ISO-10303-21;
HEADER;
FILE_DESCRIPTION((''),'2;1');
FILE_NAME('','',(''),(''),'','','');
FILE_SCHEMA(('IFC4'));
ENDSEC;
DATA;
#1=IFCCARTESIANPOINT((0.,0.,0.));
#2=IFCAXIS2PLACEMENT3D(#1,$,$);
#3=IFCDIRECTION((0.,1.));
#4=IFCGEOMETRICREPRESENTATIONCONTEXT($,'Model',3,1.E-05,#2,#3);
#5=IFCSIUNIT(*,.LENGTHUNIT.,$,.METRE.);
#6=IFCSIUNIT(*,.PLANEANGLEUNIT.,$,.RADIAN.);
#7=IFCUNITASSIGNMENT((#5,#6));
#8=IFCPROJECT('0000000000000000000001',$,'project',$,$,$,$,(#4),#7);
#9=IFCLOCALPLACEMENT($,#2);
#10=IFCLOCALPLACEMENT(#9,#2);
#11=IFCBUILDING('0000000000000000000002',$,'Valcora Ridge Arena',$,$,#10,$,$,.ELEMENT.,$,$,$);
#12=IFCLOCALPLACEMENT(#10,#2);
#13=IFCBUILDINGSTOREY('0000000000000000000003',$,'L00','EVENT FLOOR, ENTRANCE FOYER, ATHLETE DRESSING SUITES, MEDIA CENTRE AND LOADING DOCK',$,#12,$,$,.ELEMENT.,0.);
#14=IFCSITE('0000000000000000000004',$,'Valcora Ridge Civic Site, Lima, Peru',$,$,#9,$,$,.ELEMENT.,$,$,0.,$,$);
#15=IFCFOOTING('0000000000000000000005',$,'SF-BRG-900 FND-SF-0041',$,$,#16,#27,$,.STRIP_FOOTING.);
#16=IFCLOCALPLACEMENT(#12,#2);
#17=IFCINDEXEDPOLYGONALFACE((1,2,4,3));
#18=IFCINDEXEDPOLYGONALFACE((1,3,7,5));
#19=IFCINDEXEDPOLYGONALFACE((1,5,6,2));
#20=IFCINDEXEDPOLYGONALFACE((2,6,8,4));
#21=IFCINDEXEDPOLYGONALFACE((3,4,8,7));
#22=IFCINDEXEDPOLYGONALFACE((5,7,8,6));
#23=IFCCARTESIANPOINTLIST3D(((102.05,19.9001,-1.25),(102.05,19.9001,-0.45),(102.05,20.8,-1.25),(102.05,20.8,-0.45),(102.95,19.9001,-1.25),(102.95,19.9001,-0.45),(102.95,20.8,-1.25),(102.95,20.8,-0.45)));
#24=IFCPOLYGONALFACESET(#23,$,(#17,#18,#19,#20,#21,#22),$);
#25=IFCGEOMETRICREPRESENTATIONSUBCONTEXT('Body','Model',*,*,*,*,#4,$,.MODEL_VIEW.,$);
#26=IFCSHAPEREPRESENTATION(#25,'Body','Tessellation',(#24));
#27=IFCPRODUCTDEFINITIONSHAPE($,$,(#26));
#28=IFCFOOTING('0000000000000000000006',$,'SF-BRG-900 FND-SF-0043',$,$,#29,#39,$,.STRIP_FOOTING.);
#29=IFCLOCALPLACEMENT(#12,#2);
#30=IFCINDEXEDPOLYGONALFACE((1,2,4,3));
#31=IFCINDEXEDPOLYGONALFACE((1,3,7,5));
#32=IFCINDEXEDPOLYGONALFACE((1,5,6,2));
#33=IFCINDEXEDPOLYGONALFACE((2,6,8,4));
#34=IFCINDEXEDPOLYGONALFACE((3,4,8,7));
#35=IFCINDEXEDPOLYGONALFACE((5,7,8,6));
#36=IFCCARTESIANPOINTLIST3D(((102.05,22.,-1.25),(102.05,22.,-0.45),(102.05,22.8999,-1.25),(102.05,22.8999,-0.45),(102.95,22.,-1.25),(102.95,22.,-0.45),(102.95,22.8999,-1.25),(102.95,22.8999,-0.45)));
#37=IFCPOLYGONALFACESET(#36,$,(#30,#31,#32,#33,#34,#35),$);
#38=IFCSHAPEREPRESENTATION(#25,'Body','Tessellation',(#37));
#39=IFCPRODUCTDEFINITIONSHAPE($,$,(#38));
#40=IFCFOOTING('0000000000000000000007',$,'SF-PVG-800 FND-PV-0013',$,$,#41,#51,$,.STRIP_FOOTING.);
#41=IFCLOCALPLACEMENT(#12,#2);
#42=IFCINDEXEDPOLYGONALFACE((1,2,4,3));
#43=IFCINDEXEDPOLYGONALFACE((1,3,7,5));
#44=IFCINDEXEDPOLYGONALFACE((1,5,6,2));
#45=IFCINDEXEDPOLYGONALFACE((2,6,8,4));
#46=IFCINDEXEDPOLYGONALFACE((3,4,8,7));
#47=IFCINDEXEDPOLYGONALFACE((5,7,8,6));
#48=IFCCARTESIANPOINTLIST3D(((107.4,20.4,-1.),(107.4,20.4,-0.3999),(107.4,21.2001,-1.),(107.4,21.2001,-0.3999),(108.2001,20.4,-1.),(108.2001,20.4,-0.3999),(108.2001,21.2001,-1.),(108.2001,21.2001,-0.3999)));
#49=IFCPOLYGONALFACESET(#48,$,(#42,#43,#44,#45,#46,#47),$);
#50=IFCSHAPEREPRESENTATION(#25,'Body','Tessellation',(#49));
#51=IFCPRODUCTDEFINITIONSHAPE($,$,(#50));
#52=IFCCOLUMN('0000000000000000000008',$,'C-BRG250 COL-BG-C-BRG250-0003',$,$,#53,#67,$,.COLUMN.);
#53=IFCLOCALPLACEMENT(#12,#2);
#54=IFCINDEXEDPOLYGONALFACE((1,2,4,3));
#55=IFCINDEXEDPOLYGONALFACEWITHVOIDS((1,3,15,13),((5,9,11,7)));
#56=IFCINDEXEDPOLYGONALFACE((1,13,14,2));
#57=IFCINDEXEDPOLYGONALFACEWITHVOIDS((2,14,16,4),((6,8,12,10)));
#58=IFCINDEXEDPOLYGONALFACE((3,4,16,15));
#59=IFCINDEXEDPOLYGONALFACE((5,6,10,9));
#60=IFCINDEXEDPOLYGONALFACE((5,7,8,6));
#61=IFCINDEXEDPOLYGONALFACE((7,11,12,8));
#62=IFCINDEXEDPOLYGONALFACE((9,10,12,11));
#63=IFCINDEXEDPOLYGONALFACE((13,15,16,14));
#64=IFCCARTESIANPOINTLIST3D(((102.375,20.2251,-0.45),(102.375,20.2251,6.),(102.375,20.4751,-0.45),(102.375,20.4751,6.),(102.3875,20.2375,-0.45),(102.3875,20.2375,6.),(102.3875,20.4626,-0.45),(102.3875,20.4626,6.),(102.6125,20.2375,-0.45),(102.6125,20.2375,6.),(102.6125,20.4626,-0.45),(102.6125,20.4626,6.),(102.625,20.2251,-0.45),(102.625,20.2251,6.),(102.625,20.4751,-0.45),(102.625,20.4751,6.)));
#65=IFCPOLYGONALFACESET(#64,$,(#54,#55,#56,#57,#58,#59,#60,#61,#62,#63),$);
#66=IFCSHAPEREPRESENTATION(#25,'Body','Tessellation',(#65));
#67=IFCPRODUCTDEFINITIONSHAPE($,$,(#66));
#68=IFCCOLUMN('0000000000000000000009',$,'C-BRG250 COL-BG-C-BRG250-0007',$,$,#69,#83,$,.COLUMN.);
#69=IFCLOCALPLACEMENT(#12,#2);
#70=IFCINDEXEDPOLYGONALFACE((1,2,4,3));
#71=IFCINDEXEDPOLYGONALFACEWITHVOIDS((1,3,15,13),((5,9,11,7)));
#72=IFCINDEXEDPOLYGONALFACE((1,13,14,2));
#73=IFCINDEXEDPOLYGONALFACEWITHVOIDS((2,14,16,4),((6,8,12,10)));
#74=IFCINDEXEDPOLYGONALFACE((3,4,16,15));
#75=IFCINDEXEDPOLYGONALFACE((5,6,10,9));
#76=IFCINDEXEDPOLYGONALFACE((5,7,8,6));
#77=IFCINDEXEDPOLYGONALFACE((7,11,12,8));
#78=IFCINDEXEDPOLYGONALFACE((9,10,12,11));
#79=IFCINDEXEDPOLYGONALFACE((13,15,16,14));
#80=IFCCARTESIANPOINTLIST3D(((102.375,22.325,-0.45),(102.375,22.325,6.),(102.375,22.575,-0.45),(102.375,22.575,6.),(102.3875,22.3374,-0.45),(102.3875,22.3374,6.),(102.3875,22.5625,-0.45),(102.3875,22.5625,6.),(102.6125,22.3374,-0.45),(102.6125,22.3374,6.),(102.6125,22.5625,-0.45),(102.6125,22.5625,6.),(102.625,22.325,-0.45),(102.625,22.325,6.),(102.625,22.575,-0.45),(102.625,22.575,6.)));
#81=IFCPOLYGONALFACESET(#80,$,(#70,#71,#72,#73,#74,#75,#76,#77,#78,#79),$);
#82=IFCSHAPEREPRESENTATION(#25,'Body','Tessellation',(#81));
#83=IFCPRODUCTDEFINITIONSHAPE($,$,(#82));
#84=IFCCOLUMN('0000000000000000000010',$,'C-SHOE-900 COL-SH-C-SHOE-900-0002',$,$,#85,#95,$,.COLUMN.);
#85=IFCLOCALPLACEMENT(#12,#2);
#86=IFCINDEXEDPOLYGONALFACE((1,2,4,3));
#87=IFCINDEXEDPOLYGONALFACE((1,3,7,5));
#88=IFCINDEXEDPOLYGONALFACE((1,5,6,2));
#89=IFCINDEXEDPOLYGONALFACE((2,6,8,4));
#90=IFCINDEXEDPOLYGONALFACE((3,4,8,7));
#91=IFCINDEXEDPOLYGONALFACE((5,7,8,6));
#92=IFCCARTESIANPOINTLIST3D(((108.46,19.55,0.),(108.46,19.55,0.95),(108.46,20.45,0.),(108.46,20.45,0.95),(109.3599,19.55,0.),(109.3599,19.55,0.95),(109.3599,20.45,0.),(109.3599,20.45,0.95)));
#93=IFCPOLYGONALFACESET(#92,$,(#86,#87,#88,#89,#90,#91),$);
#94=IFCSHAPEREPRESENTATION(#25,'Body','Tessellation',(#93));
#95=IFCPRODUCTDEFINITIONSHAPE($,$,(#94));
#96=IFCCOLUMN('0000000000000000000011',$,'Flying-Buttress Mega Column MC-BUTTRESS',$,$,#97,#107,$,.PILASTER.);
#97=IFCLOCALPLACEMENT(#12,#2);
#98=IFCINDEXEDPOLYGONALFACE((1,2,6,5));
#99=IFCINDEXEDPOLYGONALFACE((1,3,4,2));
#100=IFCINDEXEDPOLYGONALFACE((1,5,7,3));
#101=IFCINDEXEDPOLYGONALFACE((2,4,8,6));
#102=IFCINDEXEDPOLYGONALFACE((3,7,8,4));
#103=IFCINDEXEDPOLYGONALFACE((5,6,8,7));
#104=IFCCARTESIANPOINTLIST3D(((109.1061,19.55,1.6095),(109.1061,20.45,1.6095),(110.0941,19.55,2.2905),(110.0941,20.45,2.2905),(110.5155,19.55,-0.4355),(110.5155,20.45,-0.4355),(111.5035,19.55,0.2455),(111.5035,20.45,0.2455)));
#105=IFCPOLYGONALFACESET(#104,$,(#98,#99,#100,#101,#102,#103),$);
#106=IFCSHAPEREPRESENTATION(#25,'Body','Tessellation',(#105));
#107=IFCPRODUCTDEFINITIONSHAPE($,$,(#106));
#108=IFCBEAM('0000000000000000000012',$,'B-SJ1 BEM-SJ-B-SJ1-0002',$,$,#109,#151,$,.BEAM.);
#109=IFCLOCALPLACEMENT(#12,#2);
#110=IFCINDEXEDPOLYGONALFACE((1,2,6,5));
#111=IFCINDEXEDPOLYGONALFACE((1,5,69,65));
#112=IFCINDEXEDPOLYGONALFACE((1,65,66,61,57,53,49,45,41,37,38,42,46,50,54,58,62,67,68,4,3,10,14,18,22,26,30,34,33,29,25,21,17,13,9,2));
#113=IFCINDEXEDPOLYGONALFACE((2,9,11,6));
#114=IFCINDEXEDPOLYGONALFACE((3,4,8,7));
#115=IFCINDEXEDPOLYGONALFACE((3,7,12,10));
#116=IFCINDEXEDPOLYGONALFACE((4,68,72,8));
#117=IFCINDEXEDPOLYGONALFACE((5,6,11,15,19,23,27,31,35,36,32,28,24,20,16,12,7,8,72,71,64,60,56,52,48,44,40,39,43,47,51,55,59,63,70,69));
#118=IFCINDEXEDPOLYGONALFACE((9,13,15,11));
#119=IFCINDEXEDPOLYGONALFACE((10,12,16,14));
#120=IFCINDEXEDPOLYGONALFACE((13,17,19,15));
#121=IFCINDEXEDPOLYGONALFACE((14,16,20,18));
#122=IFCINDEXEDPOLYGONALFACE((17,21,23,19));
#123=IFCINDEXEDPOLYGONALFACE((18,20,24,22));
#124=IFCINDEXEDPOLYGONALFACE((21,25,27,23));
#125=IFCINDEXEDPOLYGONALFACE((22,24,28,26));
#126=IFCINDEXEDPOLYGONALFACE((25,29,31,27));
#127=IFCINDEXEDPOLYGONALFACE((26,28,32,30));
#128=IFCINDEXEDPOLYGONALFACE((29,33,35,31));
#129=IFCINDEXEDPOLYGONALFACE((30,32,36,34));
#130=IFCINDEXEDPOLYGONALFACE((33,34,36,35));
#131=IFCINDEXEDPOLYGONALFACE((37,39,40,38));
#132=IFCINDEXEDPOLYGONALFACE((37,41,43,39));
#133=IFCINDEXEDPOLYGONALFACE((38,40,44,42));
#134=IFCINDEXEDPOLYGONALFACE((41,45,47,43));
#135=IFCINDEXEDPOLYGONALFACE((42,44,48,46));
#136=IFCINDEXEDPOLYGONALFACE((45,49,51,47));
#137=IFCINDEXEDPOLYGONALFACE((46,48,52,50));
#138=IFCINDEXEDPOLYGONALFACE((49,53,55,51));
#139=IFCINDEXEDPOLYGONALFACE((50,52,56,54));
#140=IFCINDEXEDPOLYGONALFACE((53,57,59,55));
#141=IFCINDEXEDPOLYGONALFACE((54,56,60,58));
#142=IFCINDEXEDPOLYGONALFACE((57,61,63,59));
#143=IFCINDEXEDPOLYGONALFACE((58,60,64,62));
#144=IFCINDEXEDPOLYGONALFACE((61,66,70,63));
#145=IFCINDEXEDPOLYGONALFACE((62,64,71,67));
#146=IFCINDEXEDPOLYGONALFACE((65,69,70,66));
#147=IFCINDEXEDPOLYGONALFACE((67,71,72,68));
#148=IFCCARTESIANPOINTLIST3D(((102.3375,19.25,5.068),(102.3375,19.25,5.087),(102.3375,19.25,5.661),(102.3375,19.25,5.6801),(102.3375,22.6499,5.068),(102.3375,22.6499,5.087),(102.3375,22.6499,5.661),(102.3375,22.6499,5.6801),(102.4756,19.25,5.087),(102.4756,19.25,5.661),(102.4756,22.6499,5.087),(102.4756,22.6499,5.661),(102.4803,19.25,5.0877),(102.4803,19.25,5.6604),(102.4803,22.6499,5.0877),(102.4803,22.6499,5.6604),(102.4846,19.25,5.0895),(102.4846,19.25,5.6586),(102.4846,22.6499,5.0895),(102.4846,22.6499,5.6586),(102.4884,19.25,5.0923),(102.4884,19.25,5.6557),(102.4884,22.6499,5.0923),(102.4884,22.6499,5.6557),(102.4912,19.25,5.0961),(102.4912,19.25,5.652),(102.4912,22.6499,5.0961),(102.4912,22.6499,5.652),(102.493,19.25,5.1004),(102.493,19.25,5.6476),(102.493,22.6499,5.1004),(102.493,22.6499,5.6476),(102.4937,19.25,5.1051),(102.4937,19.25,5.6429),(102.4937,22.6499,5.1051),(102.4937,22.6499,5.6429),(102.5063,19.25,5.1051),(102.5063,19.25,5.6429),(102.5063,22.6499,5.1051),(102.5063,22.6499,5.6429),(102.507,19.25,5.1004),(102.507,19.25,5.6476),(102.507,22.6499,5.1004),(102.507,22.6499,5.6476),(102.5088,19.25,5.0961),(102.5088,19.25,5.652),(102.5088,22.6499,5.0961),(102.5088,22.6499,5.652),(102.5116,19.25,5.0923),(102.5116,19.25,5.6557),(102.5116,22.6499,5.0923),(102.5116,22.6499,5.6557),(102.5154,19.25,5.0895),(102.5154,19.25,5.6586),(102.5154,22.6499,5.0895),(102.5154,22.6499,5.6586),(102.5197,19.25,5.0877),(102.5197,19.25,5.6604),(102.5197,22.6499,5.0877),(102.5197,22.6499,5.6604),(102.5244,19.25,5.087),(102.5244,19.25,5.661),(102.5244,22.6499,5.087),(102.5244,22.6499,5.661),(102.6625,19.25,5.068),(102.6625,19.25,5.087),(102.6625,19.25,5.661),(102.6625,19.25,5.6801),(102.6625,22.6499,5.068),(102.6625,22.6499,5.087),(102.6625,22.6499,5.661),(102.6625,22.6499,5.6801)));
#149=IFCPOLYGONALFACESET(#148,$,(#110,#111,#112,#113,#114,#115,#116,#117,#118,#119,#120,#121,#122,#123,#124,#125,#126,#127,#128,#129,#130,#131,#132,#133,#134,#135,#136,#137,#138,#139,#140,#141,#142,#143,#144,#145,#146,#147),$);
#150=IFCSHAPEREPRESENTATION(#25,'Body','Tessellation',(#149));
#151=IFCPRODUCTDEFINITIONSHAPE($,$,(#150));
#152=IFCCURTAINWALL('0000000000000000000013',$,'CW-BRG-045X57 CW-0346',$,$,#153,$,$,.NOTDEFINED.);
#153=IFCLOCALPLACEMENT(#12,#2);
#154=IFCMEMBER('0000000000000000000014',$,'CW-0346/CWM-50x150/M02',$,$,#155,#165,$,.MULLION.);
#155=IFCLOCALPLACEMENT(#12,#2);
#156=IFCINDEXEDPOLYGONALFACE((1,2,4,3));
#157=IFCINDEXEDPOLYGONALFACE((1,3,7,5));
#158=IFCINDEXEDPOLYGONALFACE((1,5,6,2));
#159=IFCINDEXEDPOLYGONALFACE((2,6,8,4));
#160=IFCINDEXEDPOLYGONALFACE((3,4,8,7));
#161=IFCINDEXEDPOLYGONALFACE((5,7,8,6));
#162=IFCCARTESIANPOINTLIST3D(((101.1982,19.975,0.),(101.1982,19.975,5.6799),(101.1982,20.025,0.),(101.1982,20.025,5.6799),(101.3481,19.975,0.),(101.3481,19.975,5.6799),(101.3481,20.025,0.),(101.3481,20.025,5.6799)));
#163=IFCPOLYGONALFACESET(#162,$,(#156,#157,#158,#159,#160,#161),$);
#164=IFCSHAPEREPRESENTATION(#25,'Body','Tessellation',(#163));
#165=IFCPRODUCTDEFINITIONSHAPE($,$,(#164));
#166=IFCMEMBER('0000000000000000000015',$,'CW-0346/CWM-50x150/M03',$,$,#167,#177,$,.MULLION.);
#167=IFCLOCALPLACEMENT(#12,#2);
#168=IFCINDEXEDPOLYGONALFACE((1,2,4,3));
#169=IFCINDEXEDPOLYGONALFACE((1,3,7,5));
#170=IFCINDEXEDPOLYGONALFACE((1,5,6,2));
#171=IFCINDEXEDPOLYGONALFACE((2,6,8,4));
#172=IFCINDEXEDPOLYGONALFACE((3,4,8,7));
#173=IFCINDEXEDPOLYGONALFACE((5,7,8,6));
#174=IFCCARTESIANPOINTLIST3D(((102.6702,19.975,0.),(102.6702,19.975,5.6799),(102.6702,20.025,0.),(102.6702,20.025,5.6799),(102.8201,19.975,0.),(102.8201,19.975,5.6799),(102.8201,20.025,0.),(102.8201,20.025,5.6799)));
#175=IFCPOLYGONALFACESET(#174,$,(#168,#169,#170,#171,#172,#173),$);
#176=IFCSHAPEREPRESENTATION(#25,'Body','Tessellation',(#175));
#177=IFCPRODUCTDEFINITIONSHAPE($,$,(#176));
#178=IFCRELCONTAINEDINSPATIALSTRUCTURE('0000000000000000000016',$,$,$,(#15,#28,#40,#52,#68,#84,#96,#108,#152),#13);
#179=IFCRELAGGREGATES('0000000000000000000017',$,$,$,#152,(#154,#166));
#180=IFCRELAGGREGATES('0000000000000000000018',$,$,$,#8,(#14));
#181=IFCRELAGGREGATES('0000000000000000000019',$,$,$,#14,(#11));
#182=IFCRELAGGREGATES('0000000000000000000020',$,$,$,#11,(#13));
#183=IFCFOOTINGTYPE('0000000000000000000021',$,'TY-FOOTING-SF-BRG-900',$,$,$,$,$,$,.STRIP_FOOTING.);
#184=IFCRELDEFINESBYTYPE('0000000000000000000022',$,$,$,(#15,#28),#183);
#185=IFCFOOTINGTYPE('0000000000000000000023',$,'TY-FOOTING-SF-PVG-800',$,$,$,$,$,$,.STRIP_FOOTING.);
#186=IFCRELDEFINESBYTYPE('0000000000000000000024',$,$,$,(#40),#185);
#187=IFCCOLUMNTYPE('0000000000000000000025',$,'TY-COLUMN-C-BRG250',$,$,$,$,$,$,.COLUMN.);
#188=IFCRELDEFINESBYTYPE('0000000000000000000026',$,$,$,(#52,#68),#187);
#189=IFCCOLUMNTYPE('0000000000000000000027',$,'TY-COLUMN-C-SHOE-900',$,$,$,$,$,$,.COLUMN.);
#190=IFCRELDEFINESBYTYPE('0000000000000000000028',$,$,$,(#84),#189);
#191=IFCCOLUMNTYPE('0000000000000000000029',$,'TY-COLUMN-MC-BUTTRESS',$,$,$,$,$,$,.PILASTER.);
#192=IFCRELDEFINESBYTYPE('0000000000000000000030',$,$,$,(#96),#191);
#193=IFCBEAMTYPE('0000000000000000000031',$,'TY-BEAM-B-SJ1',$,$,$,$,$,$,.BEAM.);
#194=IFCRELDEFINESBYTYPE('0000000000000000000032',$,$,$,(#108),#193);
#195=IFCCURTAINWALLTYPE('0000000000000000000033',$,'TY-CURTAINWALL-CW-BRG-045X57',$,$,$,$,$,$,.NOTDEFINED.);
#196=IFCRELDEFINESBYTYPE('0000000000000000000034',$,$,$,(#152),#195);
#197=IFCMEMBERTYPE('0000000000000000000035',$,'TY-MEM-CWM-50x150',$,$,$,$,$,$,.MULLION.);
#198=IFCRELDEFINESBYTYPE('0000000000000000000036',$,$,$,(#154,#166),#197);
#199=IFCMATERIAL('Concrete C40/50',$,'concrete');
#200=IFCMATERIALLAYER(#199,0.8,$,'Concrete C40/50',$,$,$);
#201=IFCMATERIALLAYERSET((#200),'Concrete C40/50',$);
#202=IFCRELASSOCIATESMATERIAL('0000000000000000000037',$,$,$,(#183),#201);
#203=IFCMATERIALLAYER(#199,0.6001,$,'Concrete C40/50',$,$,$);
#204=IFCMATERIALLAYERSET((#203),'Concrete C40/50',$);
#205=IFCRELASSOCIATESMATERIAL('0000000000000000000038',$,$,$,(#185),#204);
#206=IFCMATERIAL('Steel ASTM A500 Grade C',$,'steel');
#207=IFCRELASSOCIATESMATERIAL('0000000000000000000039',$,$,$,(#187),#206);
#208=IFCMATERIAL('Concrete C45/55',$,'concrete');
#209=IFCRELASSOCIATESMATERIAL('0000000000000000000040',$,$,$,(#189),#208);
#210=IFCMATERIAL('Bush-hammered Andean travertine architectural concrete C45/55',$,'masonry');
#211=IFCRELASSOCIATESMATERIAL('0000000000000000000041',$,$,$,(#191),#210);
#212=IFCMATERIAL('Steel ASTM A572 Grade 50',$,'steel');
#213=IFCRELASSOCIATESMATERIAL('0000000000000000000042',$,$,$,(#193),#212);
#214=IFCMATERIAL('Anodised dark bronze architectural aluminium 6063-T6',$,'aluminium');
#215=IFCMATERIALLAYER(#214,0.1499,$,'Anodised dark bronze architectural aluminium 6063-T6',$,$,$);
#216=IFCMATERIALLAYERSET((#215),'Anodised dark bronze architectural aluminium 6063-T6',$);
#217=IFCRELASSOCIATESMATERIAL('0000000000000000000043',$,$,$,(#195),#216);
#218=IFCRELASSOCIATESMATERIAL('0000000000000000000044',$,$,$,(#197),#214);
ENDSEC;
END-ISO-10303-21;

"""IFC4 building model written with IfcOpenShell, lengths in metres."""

from ifc_helpers import new_model, si_unit, direction, frame, origin, origin_2d, place, context, subcontext, project, spatial, rectangle, hollow_rectangle, i_section, extrude, material, layer, layer_set, material_profile, profile_set, type_object, element, aggregate, save


model = new_model("IFC4")

# Units and contexts
model_context = context("Model", 3, precision=1e-05, world=origin(), true_north=direction((0.0, 1.0)))
body_context = subcontext(model_context, "Body", "Model", "MODEL_VIEW")
ifc_project = project(units=[si_unit("LENGTHUNIT", "METRE"), si_unit("PLANEANGLEUNIT", "RADIAN")], contexts=[model_context])

# Site, building, storey
site_placement = place(None, origin())
site = spatial("IfcSite", under=ifc_project, at=site_placement, Name="Valcora Ridge Civic Site, Lima, Peru", CompositionType="ELEMENT", RefElevation=0.0)
building_placement = place(site_placement, origin())
building = spatial("IfcBuilding", under=site, at=building_placement, Name="Valcora Ridge Arena", CompositionType="ELEMENT")
storey_placement = place(building_placement, origin())
storey = spatial("IfcBuildingStorey", under=building, at=storey_placement, Name="L00", Description="EVENT FLOOR, ENTRANCE FOYER, ATHLETE DRESSING SUITES, MEDIA CENTRE AND LOADING DOCK", CompositionType="ELEMENT", Elevation=0.0)

# Footings
ifc_material_1 = material(Name="Concrete C40/50", Category="concrete")
ifc_layer_1 = layer(ifc_material_1, 0.8, Name="Concrete C40/50")
ifc_layer_set_1 = layer_set([ifc_layer_1], Name="Concrete C40/50")
footing_type_1 = type_object("IfcFootingType", Name="TY-FOOTING-SF-BRG-900", PredefinedType="STRIP_FOOTING", material=ifc_layer_set_1)
for number, where, z_axis, x_axis, name in (
    (1, (102.5, 20.3501, -1.25), (0.0, 0.0, 1.0), (1.0, 0.0, 0.0), "SF-BRG-900 FND-SF-0041"),
    (2, (102.5, 22.45, -1.25), (0.0, 0.0, 1.0), (1.0, 0.0, 0.0), "SF-BRG-900 FND-SF-0043"),
):
    element("IfcFooting", number, at=place(storey_placement, frame(where, z_axis=z_axis, x_axis=x_axis)), inside=storey, type_object=footing_type_1, Name=name, PredefinedType="STRIP_FOOTING", context=body_context, shape_type="SweptSolid", body=[
        extrude(rectangle(XDim=0.8999, YDim=0.8999, at=origin_2d()), origin(), (0.0, 0.0, 1.0), 0.8),
    ])
ifc_layer_2 = layer(ifc_material_1, 0.6001, Name="Concrete C40/50")
ifc_layer_set_2 = layer_set([ifc_layer_2], Name="Concrete C40/50")
footing_type_2 = type_object("IfcFootingType", Name="TY-FOOTING-SF-PVG-800", PredefinedType="STRIP_FOOTING", material=ifc_layer_set_2)
footing_placement = place(storey_placement, frame((107.8, 20.8, -1.0), z_axis=(0.0, 0.0, 1.0), x_axis=(1.0, 0.0, 0.0)))
element("IfcFooting", 3, at=footing_placement, inside=storey, type_object=footing_type_2, Name="SF-PVG-800 FND-PV-0013", PredefinedType="STRIP_FOOTING", context=body_context, shape_type="SweptSolid", body=[
    extrude(rectangle(XDim=0.8, YDim=0.8, at=origin_2d()), origin(), (0.0, 0.0, 1.0), 0.6001),
])

# Columns
ifc_material_2 = material(Name="Steel ASTM A500 Grade C", Category="steel")
ifc_material_profile_1 = material_profile(ifc_material_2, hollow_rectangle(XDim=0.25, YDim=0.25, WallThickness=0.0125, at=origin_2d()), Name="HSS250X250X12")
ifc_profile_set_1 = profile_set([ifc_material_profile_1], Name="Steel ASTM A500 Grade C")
column_type_1 = type_object("IfcColumnType", Name="TY-COLUMN-C-BRG250", PredefinedType="COLUMN", material=ifc_profile_set_1)
for number, where, z_axis, x_axis, name in (
    (4, (102.5, 20.3501, -0.45), (0.0, 0.0, 1.0), (1.0, 0.0, 0.0), "C-BRG250 COL-BG-C-BRG250-0003"),
    (5, (102.5, 22.45, -0.45), (0.0, 0.0, 1.0), (1.0, 0.0, 0.0), "C-BRG250 COL-BG-C-BRG250-0007"),
):
    element("IfcColumn", number, at=place(storey_placement, frame(where, z_axis=z_axis, x_axis=x_axis)), inside=storey, type_object=column_type_1, Name=name, PredefinedType="COLUMN", context=body_context, shape_type="SweptSolid", body=[
        extrude(hollow_rectangle(XDim=0.25, YDim=0.25, WallThickness=0.0125, at=origin_2d()), origin(), (0.0, 0.0, 1.0), 6.45),
    ])
ifc_material_3 = material(Name="Concrete C45/55", Category="concrete")
ifc_material_profile_2 = material_profile(ifc_material_3, rectangle(XDim=0.8999, YDim=0.8999, at=origin_2d()), Name="RC 900x900")
ifc_profile_set_2 = profile_set([ifc_material_profile_2], Name="Concrete C45/55")
column_type_2 = type_object("IfcColumnType", Name="TY-COLUMN-C-SHOE-900", PredefinedType="COLUMN", material=ifc_profile_set_2)
column_1_placement = place(storey_placement, frame((108.9099, 20.0, 0.0), z_axis=(0.0, 0.0, 1.0), x_axis=(1.0, 0.0, 0.0)))
element("IfcColumn", 6, at=column_1_placement, inside=storey, type_object=column_type_2, Name="C-SHOE-900 COL-SH-C-SHOE-900-0002", PredefinedType="COLUMN", context=body_context, shape_type="SweptSolid", body=[
    extrude(rectangle(XDim=0.8999, YDim=0.8999, at=origin_2d()), origin(), (0.0, 0.0, 1.0), 0.95),
])
ifc_material_4 = material(Name="Bush-hammered Andean travertine architectural concrete C45/55", Category="masonry")
ifc_material_profile_3 = material_profile(ifc_material_4, rectangle(XDim=0.8999, YDim=1.2, at=origin_2d()), Name="RC 900x1200")
ifc_profile_set_3 = profile_set([ifc_material_profile_3], Name="Bush-hammered Andean travertine architectural concrete C45/55")
column_type_3 = type_object("IfcColumnType", Name="TY-COLUMN-MC-BUTTRESS", PredefinedType="PILASTER", material=ifc_profile_set_3)
column_2_placement = place(storey_placement, frame((111.0095, 20.0, -0.095), z_axis=(-0.567496, 0.0, 0.823376), x_axis=(0.0, -1.0, 0.0)))
element("IfcColumn", 7, at=column_2_placement, inside=storey, type_object=column_type_3, Name="Flying-Buttress Mega Column MC-BUTTRESS", PredefinedType="PILASTER", context=body_context, shape_type="SweptSolid", body=[
    extrude(rectangle(XDim=0.8999, YDim=1.2, at=origin_2d()), origin(), (0.0, 0.0, 1.0), 2.4836),
])

# Beam
ifc_material_5 = material(Name="Steel ASTM A572 Grade 50", Category="steel")
ifc_material_profile_4 = material_profile(ifc_material_5, i_section(OverallWidth=0.325, OverallDepth=0.6121, WebThickness=0.0127, FlangeThickness=0.019, FilletRadius=0.0181, at=origin_2d()), Name="W24X104")
ifc_profile_set_4 = profile_set([ifc_material_profile_4], Name="Steel ASTM A572 Grade 50")
beam_type = type_object("IfcBeamType", Name="TY-BEAM-B-SJ1", PredefinedType="BEAM", material=ifc_profile_set_4)
beam_placement = place(storey_placement, frame((102.5, 19.25, 5.374), z_axis=(0.0, 1.0, 0.0), x_axis=(-1.0, 0.0, 0.0)))
element("IfcBeam", 8, at=beam_placement, inside=storey, type_object=beam_type, Name="B-SJ1 BEM-SJ-B-SJ1-0002", PredefinedType="BEAM", context=body_context, shape_type="SweptSolid", body=[
    extrude(i_section(OverallWidth=0.325, OverallDepth=0.6121, WebThickness=0.0127, FlangeThickness=0.019, FilletRadius=0.0181, at=origin_2d()), origin(), (0.0, 0.0, 1.0), 3.3999),
])

# Curtain wall, members
ifc_material_6 = material(Name="Anodised dark bronze architectural aluminium 6063-T6", Category="aluminium")
ifc_layer_3 = layer(ifc_material_6, 0.1499, Name="Anodised dark bronze architectural aluminium 6063-T6")
ifc_layer_set_3 = layer_set([ifc_layer_3], Name="Anodised dark bronze architectural aluminium 6063-T6")
curtain_wall_type_1 = type_object("IfcCurtainWallType", Name="TY-CURTAINWALL-CW-BRG-045X57", PredefinedType="NOTDEFINED", material=ifc_layer_set_3)
curtain_wall_1_placement = place(storey_placement, origin())
curtain_wall_1 = element("IfcCurtainWall", 9, at=curtain_wall_1_placement, inside=storey, type_object=curtain_wall_type_1, Name="CW-BRG-045X57 CW-0346", PredefinedType="NOTDEFINED")
ifc_material_profile_5 = material_profile(ifc_material_6, rectangle(XDim=0.05, YDim=0.1499, at=origin_2d()), Name="ALU MULLION 50x150")
ifc_profile_set_5 = profile_set([ifc_material_profile_5], Name="Anodised dark bronze architectural aluminium 6063-T6")
member_type_1 = type_object("IfcMemberType", Name="TY-MEM-CWM-50x150", PredefinedType="MULLION", material=ifc_profile_set_5)
member_1_placement = place(storey_placement, frame((101.2732, 20.0, 0.0), z_axis=(0.0, 0.0, 1.0), x_axis=(0.0, 1.0, 0.0)))
member_1 = element("IfcMember", 10, at=member_1_placement, type_object=member_type_1, Name="CW-0346/CWM-50x150/M02", PredefinedType="MULLION", context=body_context, shape_type="SweptSolid", body=[
    extrude(rectangle(XDim=0.05, YDim=0.1499, at=origin_2d()), origin(), (0.0, 0.0, 1.0), 5.6799),
])
member_2_placement = place(storey_placement, frame((102.7451, 20.0, 0.0), z_axis=(0.0, 0.0, 1.0), x_axis=(0.0, 1.0, 0.0)))
member_2 = element("IfcMember", 11, at=member_2_placement, type_object=member_type_1, Name="CW-0346/CWM-50x150/M03", PredefinedType="MULLION", context=body_context, shape_type="SweptSolid", body=[
    extrude(rectangle(XDim=0.05, YDim=0.1499, at=origin_2d()), origin(), (0.0, 0.0, 1.0), 5.6799),
])

aggregate(curtain_wall_1, [member_1, member_2])

save(model, "model.ifc")
